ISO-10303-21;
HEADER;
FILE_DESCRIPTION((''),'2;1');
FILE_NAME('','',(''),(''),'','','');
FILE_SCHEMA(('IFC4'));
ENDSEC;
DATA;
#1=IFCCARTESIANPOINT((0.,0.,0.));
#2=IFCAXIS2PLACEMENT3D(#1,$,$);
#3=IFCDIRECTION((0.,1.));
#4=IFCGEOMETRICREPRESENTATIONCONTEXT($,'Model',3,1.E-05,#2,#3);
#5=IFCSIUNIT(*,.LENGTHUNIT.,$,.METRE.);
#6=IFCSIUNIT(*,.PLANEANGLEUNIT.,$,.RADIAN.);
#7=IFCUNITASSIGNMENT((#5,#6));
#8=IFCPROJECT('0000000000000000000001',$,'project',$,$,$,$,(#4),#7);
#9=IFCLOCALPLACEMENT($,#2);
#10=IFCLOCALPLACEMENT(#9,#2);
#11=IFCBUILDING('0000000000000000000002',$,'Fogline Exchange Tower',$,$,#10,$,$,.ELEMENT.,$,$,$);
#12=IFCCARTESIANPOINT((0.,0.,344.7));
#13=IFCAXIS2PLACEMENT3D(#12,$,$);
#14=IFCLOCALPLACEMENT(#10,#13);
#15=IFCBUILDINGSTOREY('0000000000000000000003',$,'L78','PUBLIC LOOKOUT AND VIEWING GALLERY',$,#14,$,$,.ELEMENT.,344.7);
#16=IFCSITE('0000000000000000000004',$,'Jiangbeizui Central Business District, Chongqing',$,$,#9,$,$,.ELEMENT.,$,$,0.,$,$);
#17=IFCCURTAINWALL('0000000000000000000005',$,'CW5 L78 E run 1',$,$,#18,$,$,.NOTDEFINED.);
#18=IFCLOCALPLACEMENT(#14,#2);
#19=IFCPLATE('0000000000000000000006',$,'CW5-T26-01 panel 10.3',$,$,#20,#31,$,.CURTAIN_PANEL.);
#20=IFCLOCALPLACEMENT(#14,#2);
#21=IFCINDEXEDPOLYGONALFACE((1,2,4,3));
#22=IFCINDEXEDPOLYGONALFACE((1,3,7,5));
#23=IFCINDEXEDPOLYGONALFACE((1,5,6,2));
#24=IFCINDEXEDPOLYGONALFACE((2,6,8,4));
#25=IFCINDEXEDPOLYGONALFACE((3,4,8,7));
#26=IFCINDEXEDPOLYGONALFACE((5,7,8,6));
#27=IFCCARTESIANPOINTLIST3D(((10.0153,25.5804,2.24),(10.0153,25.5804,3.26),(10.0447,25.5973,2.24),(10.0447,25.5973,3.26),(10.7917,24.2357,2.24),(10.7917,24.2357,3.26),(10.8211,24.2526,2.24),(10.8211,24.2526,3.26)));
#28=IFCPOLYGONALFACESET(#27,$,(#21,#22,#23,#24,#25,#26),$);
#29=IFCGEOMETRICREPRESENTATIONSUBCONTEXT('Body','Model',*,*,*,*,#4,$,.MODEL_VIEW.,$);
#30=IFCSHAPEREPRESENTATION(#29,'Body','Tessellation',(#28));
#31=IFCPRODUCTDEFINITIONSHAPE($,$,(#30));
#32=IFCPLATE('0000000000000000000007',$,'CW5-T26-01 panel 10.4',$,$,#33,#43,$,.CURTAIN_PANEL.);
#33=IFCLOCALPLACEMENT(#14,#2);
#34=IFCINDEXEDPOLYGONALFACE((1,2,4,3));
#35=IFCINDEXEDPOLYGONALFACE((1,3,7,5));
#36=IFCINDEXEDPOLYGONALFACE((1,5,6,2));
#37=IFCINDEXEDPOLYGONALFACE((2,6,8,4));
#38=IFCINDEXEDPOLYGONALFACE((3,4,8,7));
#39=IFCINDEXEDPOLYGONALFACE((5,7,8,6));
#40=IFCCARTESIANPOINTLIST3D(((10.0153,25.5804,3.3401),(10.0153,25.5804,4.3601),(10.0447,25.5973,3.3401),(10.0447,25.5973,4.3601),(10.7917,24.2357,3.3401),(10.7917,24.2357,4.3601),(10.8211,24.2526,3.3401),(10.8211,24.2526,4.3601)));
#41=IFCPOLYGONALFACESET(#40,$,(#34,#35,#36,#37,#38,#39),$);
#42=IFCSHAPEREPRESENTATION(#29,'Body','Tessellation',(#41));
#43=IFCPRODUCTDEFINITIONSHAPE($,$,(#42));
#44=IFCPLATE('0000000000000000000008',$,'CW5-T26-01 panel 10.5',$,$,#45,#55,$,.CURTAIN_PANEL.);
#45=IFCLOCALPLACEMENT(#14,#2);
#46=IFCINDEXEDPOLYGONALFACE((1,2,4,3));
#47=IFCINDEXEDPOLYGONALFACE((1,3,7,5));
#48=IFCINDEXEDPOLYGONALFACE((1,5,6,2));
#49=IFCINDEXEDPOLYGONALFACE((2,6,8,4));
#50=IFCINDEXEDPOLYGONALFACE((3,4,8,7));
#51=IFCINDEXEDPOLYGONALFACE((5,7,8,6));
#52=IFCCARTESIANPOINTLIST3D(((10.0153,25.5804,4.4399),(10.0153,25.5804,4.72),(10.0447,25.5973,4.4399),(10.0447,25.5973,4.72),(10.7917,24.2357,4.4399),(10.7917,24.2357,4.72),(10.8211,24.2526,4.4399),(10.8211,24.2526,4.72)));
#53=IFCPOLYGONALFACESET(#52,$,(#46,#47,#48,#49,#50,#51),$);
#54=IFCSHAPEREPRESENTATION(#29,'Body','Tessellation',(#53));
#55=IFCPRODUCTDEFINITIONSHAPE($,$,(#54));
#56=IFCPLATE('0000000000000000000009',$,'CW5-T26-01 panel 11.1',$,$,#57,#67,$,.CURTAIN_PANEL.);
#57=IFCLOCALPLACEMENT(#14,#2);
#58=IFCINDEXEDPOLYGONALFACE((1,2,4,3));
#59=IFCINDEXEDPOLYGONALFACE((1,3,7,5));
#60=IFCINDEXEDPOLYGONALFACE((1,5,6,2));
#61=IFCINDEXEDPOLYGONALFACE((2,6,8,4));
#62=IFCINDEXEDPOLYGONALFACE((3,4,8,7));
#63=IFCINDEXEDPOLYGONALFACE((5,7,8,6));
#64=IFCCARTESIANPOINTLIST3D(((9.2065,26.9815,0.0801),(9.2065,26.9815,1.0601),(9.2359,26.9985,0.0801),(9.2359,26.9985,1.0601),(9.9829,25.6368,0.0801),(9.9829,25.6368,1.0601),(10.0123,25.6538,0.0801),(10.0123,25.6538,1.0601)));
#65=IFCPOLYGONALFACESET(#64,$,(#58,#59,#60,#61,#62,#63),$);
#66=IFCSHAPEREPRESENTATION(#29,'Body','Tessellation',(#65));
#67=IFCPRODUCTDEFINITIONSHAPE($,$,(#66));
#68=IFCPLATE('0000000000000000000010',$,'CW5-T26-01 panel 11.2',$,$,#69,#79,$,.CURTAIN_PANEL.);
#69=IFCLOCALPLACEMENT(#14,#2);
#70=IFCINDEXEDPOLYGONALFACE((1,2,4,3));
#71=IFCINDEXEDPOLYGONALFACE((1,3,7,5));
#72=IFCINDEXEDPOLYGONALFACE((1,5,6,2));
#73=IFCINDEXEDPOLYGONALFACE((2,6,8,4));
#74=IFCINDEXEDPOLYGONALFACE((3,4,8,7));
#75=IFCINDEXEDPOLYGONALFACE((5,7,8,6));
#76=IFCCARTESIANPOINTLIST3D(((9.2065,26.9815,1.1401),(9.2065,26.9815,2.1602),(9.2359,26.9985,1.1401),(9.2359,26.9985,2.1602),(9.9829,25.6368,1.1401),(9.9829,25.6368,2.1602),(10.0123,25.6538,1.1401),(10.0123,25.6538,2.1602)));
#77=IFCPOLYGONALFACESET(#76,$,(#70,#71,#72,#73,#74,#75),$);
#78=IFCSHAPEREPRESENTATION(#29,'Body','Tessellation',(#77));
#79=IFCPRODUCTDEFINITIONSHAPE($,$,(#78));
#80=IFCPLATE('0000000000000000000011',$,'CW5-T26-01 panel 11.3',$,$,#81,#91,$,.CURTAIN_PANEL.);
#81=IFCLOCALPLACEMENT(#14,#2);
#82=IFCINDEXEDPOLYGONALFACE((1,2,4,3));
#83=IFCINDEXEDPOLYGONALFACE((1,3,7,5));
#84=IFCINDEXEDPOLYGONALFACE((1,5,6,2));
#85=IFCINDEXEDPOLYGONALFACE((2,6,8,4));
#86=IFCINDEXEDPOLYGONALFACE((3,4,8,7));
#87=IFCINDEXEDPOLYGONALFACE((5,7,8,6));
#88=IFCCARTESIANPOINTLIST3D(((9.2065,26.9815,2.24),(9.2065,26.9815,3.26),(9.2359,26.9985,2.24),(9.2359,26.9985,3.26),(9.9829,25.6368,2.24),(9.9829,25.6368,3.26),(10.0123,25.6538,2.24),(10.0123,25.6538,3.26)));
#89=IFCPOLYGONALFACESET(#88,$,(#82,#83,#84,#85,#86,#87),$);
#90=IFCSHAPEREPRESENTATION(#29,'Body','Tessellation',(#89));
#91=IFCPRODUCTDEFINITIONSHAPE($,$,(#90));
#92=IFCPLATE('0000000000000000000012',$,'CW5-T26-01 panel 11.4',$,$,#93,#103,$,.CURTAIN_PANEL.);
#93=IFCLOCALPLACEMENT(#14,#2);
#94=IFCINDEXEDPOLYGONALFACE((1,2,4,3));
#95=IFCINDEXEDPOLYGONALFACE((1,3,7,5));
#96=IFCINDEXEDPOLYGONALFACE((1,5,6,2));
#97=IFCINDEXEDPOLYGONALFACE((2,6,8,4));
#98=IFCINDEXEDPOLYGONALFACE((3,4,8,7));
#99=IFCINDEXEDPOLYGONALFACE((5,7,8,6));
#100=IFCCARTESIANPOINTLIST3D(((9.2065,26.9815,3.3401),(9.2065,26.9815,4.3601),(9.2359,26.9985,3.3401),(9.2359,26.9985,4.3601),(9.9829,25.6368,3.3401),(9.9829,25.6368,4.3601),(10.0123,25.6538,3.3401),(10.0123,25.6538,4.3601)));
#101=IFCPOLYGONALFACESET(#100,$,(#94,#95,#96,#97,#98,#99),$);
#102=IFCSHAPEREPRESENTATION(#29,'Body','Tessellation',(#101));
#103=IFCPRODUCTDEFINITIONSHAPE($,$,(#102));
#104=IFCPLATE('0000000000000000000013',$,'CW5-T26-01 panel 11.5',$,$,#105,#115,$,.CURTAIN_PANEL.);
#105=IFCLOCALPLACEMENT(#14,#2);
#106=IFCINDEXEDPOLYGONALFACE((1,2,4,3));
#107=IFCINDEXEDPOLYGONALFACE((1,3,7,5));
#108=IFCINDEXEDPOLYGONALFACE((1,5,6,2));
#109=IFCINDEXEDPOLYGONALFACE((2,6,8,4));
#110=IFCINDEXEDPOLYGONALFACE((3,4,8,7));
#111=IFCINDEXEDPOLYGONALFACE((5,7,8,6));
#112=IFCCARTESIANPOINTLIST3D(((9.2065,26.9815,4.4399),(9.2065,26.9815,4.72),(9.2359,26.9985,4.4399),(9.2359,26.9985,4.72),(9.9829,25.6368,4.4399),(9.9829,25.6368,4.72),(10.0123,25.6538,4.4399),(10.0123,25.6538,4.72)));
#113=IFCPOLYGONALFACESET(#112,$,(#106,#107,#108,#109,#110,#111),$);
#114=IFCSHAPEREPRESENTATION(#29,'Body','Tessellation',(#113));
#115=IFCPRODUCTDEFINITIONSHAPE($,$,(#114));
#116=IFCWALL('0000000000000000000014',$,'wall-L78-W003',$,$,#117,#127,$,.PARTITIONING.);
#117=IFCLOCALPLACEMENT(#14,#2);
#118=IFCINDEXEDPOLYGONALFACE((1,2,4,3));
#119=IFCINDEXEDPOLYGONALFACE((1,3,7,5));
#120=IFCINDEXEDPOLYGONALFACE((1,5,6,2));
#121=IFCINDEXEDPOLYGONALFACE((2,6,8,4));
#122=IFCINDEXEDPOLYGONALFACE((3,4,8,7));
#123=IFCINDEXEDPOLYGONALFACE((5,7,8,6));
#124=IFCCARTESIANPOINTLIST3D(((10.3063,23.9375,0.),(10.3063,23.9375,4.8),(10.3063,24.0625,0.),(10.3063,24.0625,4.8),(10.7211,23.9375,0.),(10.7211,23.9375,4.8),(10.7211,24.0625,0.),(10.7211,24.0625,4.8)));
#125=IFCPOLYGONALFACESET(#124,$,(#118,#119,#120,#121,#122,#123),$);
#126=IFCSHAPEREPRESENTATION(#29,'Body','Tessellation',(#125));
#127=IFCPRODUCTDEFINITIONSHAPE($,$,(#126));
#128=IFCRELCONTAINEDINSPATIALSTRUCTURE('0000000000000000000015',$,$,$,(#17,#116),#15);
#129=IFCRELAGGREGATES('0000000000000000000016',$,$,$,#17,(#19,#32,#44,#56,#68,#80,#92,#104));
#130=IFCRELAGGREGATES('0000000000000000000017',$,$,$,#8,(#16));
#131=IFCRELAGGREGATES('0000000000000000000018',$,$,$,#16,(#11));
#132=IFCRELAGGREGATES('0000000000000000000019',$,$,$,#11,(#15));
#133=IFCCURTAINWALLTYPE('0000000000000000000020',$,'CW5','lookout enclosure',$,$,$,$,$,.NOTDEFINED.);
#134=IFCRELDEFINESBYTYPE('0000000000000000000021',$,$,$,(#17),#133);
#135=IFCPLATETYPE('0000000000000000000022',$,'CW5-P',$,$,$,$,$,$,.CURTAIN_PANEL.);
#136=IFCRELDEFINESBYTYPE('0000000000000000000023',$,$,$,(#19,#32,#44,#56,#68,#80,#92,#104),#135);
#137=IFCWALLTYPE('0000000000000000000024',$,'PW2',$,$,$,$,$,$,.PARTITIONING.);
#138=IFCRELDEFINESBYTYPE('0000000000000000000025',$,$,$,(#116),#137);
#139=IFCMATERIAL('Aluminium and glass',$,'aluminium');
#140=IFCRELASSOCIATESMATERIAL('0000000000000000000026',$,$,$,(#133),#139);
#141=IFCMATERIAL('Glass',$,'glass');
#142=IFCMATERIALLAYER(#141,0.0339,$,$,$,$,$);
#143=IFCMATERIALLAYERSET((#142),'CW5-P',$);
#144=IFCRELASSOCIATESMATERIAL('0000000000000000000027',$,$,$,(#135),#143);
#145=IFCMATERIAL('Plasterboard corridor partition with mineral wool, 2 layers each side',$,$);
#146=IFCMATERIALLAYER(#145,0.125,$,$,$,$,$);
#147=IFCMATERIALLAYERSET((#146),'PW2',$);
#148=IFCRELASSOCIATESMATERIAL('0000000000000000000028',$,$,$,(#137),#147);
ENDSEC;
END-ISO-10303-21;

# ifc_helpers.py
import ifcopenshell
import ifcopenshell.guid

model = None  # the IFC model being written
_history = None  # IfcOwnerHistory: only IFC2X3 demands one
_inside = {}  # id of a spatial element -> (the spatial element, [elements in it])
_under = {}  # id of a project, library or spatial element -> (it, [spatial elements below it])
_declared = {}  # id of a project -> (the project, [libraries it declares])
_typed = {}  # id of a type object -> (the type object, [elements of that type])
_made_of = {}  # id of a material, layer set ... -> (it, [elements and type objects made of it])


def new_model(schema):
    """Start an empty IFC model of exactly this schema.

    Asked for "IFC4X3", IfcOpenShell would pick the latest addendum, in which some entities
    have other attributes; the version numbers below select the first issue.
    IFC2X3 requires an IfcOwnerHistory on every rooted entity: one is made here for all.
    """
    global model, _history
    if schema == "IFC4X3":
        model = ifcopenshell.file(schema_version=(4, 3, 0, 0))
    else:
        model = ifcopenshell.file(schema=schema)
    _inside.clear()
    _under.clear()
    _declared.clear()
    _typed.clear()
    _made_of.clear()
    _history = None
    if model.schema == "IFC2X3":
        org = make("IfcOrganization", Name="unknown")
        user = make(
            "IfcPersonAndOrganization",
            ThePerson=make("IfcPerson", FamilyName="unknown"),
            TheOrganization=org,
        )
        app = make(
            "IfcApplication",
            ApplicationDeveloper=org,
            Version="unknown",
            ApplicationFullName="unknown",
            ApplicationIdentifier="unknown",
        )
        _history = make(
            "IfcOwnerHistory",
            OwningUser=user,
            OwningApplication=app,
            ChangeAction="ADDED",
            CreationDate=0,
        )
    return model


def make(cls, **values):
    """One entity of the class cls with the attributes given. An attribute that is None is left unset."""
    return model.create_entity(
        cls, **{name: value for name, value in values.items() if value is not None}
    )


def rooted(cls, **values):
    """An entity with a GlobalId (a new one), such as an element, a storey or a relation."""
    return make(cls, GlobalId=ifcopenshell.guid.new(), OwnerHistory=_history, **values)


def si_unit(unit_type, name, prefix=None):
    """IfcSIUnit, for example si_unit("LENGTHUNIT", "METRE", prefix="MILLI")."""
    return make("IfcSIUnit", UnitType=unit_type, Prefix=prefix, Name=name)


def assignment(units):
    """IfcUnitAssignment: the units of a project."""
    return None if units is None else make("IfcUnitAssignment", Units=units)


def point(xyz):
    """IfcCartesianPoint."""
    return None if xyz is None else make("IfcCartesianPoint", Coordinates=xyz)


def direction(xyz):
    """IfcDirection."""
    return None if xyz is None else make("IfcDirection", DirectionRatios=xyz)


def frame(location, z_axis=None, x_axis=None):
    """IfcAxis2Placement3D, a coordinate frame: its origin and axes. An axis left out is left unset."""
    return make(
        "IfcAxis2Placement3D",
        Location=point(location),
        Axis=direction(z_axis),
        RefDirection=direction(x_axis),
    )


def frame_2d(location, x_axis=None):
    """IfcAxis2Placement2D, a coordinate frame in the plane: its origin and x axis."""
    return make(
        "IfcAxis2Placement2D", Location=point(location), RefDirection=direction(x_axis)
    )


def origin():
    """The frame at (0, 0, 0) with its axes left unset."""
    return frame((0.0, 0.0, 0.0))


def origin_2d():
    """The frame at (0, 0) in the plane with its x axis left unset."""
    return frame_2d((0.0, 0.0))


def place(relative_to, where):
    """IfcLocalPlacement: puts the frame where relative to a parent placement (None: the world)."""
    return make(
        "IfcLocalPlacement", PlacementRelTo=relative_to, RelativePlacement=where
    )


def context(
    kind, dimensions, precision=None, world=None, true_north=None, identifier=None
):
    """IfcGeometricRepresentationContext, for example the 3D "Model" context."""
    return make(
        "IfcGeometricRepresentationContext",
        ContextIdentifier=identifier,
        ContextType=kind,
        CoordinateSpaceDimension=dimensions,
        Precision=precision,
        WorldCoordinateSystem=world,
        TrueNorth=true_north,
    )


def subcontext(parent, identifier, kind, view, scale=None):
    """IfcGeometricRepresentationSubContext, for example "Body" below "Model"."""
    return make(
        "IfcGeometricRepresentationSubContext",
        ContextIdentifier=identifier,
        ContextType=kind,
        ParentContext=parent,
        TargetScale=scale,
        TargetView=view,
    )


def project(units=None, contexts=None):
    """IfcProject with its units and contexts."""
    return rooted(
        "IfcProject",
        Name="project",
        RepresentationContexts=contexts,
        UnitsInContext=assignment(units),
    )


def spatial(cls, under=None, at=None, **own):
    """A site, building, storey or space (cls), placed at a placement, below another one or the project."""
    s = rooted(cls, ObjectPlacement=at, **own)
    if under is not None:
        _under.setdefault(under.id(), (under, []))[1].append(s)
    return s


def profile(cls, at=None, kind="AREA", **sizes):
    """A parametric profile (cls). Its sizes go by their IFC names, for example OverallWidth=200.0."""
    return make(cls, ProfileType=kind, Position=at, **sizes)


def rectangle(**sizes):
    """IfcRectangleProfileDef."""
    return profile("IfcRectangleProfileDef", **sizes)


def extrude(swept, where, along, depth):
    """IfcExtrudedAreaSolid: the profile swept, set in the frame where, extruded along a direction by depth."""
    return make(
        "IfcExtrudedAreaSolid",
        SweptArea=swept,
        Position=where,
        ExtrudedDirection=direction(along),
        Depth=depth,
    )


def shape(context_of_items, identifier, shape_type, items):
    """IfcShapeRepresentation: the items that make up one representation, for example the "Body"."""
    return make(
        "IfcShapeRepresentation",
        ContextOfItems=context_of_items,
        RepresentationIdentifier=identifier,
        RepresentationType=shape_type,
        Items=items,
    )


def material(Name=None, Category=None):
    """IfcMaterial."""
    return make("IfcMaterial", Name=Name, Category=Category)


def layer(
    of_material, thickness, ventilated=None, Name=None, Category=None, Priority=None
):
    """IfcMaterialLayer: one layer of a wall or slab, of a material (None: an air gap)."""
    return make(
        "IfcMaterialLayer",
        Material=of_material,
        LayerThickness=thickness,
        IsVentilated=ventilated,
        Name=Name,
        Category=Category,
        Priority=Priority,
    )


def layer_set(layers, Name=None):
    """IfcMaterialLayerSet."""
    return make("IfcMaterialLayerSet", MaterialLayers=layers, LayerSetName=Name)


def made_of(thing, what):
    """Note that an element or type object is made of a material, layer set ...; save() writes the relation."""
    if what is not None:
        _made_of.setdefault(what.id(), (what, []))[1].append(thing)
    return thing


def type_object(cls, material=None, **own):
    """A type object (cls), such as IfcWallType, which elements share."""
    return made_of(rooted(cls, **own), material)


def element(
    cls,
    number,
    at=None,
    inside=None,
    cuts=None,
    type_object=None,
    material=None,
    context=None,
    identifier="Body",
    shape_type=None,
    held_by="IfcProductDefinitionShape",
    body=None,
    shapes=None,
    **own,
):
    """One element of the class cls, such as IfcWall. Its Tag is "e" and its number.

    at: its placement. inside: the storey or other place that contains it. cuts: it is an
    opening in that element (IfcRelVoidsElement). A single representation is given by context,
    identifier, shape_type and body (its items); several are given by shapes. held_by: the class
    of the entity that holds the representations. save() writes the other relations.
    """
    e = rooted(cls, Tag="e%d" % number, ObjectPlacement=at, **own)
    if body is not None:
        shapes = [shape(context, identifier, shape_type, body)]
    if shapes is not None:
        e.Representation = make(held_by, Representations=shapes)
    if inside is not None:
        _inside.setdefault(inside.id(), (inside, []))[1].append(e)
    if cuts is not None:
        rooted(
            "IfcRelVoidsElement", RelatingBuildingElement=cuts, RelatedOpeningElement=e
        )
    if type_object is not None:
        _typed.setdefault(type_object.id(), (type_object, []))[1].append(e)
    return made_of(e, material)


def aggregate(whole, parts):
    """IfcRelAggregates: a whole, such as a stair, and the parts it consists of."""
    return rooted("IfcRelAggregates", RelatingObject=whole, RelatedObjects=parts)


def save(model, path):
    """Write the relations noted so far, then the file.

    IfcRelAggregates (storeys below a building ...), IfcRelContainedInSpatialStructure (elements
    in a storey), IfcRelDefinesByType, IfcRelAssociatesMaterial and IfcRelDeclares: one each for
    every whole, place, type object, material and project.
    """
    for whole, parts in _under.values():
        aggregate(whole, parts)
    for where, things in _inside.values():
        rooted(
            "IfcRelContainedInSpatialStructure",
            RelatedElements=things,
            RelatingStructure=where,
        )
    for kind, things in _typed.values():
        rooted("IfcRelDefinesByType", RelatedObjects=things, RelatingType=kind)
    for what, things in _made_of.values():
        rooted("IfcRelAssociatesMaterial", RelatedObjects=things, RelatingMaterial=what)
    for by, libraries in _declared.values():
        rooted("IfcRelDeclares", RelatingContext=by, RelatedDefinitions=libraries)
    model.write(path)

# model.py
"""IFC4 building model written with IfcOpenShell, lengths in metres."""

from ifc_helpers import new_model, si_unit, direction, frame, frame_2d, origin, origin_2d, place, context, subcontext, project, spatial, rectangle, extrude, material, layer, layer_set, type_object, element, aggregate, save


model = new_model("IFC4")

# Units and contexts
model_context = context("Model", 3, precision=1e-05, world=origin(), true_north=direction((0.0, 1.0)))
body_context = subcontext(model_context, "Body", "Model", "MODEL_VIEW")
ifc_project = project(units=[si_unit("LENGTHUNIT", "METRE"), si_unit("PLANEANGLEUNIT", "RADIAN")], contexts=[model_context])

# Site, building, storey
site_placement = place(None, origin())
site = spatial("IfcSite", under=ifc_project, at=site_placement, Name="Jiangbeizui Central Business District, Chongqing", CompositionType="ELEMENT", RefElevation=0.0)
building_placement = place(site_placement, origin())
building = spatial("IfcBuilding", under=site, at=building_placement, Name="Fogline Exchange Tower", CompositionType="ELEMENT")
storey_placement = place(building_placement, frame((0.0, 0.0, 344.7)))
storey = spatial("IfcBuildingStorey", under=building, at=storey_placement, Name="L78", Description="PUBLIC LOOKOUT AND VIEWING GALLERY", CompositionType="ELEMENT", Elevation=344.7)

# Curtain wall, plates
ifc_material_1 = material(Name="Aluminium and glass", Category="aluminium")
curtain_wall_type = type_object("IfcCurtainWallType", Name="CW5", Description="lookout enclosure", PredefinedType="NOTDEFINED", material=ifc_material_1)
curtain_wall_placement = place(storey_placement, origin())
curtain_wall = element("IfcCurtainWall", 1, at=curtain_wall_placement, inside=storey, type_object=curtain_wall_type, Name="CW5 L78 E run 1", PredefinedType="NOTDEFINED")
ifc_material_2 = material(Name="Glass", Category="glass")
ifc_layer_1 = layer(ifc_material_2, 0.0339)
ifc_layer_set_1 = layer_set([ifc_layer_1], Name="CW5-P")
plate_type = type_object("IfcPlateType", Name="CW5-P", PredefinedType="CURTAIN_PANEL", material=ifc_layer_set_1)
plate_1_placement = place(storey_placement, frame((10.4182, 24.9165, 2.24), z_axis=(0.0, 0.0, 1.0), x_axis=(-0.5, 0.866025, 0.0)))
plate_1 = element("IfcPlate", 2, at=plate_1_placement, type_object=plate_type, Name="CW5-T26-01 panel 10.3", PredefinedType="CURTAIN_PANEL", context=body_context, shape_type="SweptSolid", body=[
    extrude(rectangle(XDim=1.5527, YDim=0.0339, at=origin_2d()), origin(), (0.0, 0.0, 1.0), 1.02),
])
plate_2_placement = place(storey_placement, frame((10.4182, 24.9165, 3.3401), z_axis=(0.0, 0.0, 1.0), x_axis=(-0.5, 0.866025, 0.0)))
plate_2 = element("IfcPlate", 3, at=plate_2_placement, type_object=plate_type, Name="CW5-T26-01 panel 10.4", PredefinedType="CURTAIN_PANEL", context=body_context, shape_type="SweptSolid", body=[
    extrude(rectangle(XDim=1.5527, YDim=0.0339, at=origin_2d()), origin(), (0.0, 0.0, 1.0), 1.02),
])
plate_3_placement = place(storey_placement, frame((10.4182, 24.9165, 4.4399), z_axis=(0.0, 0.0, 1.0), x_axis=(-0.5, 0.866025, 0.0)))
plate_3 = element("IfcPlate", 4, at=plate_3_placement, type_object=plate_type, Name="CW5-T26-01 panel 10.5", PredefinedType="CURTAIN_PANEL", context=body_context, shape_type="SweptSolid", body=[
    extrude(rectangle(XDim=1.5527, YDim=0.0339, at=origin_2d()), origin(), (0.0, 0.0, 1.0), 0.28),
])
plate_4_placement = place(storey_placement, frame((9.6094, 26.3176, 0.0801), z_axis=(0.0, 0.0, 1.0), x_axis=(-0.5, 0.866025, 0.0)))
plate_4 = element("IfcPlate", 5, at=plate_4_placement, type_object=plate_type, Name="CW5-T26-01 panel 11.1", PredefinedType="CURTAIN_PANEL", context=body_context, shape_type="SweptSolid", body=[
    extrude(rectangle(XDim=1.5527, YDim=0.0339, at=origin_2d()), origin(), (0.0, 0.0, 1.0), 0.98),
])
plate_5_placement = place(storey_placement, frame((9.6094, 26.3176, 1.1401), z_axis=(0.0, 0.0, 1.0), x_axis=(-0.5, 0.866025, 0.0)))
plate_5 = element("IfcPlate", 6, at=plate_5_placement, type_object=plate_type, Name="CW5-T26-01 panel 11.2", PredefinedType="CURTAIN_PANEL", context=body_context, shape_type="SweptSolid", body=[
    extrude(rectangle(XDim=1.5527, YDim=0.0339, at=origin_2d()), origin(), (0.0, 0.0, 1.0), 1.02),
])
plate_6_placement = place(storey_placement, frame((9.6094, 26.3176, 2.24), z_axis=(0.0, 0.0, 1.0), x_axis=(-0.5, 0.866025, 0.0)))
plate_6 = element("IfcPlate", 7, at=plate_6_placement, type_object=plate_type, Name="CW5-T26-01 panel 11.3", PredefinedType="CURTAIN_PANEL", context=body_context, shape_type="SweptSolid", body=[
    extrude(rectangle(XDim=1.5527, YDim=0.0339, at=origin_2d()), origin(), (0.0, 0.0, 1.0), 1.02),
])
plate_7_placement = place(storey_placement, frame((9.6094, 26.3176, 3.3401), z_axis=(0.0, 0.0, 1.0), x_axis=(-0.5, 0.866025, 0.0)))
plate_7 = element("IfcPlate", 8, at=plate_7_placement, type_object=plate_type, Name="CW5-T26-01 panel 11.4", PredefinedType="CURTAIN_PANEL", context=body_context, shape_type="SweptSolid", body=[
    extrude(rectangle(XDim=1.5527, YDim=0.0339, at=origin_2d()), origin(), (0.0, 0.0, 1.0), 1.02),
])
plate_8_placement = place(storey_placement, frame((9.6094, 26.3176, 4.4399), z_axis=(0.0, 0.0, 1.0), x_axis=(-0.5, 0.866025, 0.0)))
plate_8 = element("IfcPlate", 9, at=plate_8_placement, type_object=plate_type, Name="CW5-T26-01 panel 11.5", PredefinedType="CURTAIN_PANEL", context=body_context, shape_type="SweptSolid", body=[
    extrude(rectangle(XDim=1.5527, YDim=0.0339, at=origin_2d()), origin(), (0.0, 0.0, 1.0), 0.28),
])
aggregate(curtain_wall, [plate_1, plate_2, plate_3, plate_4, plate_5, plate_6, plate_7, plate_8])

# Wall
ifc_material_3 = material(Name="Plasterboard corridor partition with mineral wool, 2 layers each side")
ifc_layer_2 = layer(ifc_material_3, 0.125)
ifc_layer_set_2 = layer_set([ifc_layer_2], Name="PW2")
wall_type = type_object("IfcWallType", Name="PW2", PredefinedType="PARTITIONING", material=ifc_layer_set_2)
wall_placement = place(storey_placement, frame((10.3062, 24.0, 0.0), z_axis=(0.0, 0.0, 1.0), x_axis=(1.0, 0.0, 0.0)))
element("IfcWall", 10, at=wall_placement, inside=storey, type_object=wall_type, Name="wall-L78-W003", PredefinedType="PARTITIONING", context=body_context, shape_type="SweptSolid", body=[
    extrude(rectangle(XDim=0.4148, YDim=0.125, at=frame_2d((0.2075, 0.0))), origin(), (0.0, 0.0, 1.0), 4.8),
])

save(model, "model.ifc")
